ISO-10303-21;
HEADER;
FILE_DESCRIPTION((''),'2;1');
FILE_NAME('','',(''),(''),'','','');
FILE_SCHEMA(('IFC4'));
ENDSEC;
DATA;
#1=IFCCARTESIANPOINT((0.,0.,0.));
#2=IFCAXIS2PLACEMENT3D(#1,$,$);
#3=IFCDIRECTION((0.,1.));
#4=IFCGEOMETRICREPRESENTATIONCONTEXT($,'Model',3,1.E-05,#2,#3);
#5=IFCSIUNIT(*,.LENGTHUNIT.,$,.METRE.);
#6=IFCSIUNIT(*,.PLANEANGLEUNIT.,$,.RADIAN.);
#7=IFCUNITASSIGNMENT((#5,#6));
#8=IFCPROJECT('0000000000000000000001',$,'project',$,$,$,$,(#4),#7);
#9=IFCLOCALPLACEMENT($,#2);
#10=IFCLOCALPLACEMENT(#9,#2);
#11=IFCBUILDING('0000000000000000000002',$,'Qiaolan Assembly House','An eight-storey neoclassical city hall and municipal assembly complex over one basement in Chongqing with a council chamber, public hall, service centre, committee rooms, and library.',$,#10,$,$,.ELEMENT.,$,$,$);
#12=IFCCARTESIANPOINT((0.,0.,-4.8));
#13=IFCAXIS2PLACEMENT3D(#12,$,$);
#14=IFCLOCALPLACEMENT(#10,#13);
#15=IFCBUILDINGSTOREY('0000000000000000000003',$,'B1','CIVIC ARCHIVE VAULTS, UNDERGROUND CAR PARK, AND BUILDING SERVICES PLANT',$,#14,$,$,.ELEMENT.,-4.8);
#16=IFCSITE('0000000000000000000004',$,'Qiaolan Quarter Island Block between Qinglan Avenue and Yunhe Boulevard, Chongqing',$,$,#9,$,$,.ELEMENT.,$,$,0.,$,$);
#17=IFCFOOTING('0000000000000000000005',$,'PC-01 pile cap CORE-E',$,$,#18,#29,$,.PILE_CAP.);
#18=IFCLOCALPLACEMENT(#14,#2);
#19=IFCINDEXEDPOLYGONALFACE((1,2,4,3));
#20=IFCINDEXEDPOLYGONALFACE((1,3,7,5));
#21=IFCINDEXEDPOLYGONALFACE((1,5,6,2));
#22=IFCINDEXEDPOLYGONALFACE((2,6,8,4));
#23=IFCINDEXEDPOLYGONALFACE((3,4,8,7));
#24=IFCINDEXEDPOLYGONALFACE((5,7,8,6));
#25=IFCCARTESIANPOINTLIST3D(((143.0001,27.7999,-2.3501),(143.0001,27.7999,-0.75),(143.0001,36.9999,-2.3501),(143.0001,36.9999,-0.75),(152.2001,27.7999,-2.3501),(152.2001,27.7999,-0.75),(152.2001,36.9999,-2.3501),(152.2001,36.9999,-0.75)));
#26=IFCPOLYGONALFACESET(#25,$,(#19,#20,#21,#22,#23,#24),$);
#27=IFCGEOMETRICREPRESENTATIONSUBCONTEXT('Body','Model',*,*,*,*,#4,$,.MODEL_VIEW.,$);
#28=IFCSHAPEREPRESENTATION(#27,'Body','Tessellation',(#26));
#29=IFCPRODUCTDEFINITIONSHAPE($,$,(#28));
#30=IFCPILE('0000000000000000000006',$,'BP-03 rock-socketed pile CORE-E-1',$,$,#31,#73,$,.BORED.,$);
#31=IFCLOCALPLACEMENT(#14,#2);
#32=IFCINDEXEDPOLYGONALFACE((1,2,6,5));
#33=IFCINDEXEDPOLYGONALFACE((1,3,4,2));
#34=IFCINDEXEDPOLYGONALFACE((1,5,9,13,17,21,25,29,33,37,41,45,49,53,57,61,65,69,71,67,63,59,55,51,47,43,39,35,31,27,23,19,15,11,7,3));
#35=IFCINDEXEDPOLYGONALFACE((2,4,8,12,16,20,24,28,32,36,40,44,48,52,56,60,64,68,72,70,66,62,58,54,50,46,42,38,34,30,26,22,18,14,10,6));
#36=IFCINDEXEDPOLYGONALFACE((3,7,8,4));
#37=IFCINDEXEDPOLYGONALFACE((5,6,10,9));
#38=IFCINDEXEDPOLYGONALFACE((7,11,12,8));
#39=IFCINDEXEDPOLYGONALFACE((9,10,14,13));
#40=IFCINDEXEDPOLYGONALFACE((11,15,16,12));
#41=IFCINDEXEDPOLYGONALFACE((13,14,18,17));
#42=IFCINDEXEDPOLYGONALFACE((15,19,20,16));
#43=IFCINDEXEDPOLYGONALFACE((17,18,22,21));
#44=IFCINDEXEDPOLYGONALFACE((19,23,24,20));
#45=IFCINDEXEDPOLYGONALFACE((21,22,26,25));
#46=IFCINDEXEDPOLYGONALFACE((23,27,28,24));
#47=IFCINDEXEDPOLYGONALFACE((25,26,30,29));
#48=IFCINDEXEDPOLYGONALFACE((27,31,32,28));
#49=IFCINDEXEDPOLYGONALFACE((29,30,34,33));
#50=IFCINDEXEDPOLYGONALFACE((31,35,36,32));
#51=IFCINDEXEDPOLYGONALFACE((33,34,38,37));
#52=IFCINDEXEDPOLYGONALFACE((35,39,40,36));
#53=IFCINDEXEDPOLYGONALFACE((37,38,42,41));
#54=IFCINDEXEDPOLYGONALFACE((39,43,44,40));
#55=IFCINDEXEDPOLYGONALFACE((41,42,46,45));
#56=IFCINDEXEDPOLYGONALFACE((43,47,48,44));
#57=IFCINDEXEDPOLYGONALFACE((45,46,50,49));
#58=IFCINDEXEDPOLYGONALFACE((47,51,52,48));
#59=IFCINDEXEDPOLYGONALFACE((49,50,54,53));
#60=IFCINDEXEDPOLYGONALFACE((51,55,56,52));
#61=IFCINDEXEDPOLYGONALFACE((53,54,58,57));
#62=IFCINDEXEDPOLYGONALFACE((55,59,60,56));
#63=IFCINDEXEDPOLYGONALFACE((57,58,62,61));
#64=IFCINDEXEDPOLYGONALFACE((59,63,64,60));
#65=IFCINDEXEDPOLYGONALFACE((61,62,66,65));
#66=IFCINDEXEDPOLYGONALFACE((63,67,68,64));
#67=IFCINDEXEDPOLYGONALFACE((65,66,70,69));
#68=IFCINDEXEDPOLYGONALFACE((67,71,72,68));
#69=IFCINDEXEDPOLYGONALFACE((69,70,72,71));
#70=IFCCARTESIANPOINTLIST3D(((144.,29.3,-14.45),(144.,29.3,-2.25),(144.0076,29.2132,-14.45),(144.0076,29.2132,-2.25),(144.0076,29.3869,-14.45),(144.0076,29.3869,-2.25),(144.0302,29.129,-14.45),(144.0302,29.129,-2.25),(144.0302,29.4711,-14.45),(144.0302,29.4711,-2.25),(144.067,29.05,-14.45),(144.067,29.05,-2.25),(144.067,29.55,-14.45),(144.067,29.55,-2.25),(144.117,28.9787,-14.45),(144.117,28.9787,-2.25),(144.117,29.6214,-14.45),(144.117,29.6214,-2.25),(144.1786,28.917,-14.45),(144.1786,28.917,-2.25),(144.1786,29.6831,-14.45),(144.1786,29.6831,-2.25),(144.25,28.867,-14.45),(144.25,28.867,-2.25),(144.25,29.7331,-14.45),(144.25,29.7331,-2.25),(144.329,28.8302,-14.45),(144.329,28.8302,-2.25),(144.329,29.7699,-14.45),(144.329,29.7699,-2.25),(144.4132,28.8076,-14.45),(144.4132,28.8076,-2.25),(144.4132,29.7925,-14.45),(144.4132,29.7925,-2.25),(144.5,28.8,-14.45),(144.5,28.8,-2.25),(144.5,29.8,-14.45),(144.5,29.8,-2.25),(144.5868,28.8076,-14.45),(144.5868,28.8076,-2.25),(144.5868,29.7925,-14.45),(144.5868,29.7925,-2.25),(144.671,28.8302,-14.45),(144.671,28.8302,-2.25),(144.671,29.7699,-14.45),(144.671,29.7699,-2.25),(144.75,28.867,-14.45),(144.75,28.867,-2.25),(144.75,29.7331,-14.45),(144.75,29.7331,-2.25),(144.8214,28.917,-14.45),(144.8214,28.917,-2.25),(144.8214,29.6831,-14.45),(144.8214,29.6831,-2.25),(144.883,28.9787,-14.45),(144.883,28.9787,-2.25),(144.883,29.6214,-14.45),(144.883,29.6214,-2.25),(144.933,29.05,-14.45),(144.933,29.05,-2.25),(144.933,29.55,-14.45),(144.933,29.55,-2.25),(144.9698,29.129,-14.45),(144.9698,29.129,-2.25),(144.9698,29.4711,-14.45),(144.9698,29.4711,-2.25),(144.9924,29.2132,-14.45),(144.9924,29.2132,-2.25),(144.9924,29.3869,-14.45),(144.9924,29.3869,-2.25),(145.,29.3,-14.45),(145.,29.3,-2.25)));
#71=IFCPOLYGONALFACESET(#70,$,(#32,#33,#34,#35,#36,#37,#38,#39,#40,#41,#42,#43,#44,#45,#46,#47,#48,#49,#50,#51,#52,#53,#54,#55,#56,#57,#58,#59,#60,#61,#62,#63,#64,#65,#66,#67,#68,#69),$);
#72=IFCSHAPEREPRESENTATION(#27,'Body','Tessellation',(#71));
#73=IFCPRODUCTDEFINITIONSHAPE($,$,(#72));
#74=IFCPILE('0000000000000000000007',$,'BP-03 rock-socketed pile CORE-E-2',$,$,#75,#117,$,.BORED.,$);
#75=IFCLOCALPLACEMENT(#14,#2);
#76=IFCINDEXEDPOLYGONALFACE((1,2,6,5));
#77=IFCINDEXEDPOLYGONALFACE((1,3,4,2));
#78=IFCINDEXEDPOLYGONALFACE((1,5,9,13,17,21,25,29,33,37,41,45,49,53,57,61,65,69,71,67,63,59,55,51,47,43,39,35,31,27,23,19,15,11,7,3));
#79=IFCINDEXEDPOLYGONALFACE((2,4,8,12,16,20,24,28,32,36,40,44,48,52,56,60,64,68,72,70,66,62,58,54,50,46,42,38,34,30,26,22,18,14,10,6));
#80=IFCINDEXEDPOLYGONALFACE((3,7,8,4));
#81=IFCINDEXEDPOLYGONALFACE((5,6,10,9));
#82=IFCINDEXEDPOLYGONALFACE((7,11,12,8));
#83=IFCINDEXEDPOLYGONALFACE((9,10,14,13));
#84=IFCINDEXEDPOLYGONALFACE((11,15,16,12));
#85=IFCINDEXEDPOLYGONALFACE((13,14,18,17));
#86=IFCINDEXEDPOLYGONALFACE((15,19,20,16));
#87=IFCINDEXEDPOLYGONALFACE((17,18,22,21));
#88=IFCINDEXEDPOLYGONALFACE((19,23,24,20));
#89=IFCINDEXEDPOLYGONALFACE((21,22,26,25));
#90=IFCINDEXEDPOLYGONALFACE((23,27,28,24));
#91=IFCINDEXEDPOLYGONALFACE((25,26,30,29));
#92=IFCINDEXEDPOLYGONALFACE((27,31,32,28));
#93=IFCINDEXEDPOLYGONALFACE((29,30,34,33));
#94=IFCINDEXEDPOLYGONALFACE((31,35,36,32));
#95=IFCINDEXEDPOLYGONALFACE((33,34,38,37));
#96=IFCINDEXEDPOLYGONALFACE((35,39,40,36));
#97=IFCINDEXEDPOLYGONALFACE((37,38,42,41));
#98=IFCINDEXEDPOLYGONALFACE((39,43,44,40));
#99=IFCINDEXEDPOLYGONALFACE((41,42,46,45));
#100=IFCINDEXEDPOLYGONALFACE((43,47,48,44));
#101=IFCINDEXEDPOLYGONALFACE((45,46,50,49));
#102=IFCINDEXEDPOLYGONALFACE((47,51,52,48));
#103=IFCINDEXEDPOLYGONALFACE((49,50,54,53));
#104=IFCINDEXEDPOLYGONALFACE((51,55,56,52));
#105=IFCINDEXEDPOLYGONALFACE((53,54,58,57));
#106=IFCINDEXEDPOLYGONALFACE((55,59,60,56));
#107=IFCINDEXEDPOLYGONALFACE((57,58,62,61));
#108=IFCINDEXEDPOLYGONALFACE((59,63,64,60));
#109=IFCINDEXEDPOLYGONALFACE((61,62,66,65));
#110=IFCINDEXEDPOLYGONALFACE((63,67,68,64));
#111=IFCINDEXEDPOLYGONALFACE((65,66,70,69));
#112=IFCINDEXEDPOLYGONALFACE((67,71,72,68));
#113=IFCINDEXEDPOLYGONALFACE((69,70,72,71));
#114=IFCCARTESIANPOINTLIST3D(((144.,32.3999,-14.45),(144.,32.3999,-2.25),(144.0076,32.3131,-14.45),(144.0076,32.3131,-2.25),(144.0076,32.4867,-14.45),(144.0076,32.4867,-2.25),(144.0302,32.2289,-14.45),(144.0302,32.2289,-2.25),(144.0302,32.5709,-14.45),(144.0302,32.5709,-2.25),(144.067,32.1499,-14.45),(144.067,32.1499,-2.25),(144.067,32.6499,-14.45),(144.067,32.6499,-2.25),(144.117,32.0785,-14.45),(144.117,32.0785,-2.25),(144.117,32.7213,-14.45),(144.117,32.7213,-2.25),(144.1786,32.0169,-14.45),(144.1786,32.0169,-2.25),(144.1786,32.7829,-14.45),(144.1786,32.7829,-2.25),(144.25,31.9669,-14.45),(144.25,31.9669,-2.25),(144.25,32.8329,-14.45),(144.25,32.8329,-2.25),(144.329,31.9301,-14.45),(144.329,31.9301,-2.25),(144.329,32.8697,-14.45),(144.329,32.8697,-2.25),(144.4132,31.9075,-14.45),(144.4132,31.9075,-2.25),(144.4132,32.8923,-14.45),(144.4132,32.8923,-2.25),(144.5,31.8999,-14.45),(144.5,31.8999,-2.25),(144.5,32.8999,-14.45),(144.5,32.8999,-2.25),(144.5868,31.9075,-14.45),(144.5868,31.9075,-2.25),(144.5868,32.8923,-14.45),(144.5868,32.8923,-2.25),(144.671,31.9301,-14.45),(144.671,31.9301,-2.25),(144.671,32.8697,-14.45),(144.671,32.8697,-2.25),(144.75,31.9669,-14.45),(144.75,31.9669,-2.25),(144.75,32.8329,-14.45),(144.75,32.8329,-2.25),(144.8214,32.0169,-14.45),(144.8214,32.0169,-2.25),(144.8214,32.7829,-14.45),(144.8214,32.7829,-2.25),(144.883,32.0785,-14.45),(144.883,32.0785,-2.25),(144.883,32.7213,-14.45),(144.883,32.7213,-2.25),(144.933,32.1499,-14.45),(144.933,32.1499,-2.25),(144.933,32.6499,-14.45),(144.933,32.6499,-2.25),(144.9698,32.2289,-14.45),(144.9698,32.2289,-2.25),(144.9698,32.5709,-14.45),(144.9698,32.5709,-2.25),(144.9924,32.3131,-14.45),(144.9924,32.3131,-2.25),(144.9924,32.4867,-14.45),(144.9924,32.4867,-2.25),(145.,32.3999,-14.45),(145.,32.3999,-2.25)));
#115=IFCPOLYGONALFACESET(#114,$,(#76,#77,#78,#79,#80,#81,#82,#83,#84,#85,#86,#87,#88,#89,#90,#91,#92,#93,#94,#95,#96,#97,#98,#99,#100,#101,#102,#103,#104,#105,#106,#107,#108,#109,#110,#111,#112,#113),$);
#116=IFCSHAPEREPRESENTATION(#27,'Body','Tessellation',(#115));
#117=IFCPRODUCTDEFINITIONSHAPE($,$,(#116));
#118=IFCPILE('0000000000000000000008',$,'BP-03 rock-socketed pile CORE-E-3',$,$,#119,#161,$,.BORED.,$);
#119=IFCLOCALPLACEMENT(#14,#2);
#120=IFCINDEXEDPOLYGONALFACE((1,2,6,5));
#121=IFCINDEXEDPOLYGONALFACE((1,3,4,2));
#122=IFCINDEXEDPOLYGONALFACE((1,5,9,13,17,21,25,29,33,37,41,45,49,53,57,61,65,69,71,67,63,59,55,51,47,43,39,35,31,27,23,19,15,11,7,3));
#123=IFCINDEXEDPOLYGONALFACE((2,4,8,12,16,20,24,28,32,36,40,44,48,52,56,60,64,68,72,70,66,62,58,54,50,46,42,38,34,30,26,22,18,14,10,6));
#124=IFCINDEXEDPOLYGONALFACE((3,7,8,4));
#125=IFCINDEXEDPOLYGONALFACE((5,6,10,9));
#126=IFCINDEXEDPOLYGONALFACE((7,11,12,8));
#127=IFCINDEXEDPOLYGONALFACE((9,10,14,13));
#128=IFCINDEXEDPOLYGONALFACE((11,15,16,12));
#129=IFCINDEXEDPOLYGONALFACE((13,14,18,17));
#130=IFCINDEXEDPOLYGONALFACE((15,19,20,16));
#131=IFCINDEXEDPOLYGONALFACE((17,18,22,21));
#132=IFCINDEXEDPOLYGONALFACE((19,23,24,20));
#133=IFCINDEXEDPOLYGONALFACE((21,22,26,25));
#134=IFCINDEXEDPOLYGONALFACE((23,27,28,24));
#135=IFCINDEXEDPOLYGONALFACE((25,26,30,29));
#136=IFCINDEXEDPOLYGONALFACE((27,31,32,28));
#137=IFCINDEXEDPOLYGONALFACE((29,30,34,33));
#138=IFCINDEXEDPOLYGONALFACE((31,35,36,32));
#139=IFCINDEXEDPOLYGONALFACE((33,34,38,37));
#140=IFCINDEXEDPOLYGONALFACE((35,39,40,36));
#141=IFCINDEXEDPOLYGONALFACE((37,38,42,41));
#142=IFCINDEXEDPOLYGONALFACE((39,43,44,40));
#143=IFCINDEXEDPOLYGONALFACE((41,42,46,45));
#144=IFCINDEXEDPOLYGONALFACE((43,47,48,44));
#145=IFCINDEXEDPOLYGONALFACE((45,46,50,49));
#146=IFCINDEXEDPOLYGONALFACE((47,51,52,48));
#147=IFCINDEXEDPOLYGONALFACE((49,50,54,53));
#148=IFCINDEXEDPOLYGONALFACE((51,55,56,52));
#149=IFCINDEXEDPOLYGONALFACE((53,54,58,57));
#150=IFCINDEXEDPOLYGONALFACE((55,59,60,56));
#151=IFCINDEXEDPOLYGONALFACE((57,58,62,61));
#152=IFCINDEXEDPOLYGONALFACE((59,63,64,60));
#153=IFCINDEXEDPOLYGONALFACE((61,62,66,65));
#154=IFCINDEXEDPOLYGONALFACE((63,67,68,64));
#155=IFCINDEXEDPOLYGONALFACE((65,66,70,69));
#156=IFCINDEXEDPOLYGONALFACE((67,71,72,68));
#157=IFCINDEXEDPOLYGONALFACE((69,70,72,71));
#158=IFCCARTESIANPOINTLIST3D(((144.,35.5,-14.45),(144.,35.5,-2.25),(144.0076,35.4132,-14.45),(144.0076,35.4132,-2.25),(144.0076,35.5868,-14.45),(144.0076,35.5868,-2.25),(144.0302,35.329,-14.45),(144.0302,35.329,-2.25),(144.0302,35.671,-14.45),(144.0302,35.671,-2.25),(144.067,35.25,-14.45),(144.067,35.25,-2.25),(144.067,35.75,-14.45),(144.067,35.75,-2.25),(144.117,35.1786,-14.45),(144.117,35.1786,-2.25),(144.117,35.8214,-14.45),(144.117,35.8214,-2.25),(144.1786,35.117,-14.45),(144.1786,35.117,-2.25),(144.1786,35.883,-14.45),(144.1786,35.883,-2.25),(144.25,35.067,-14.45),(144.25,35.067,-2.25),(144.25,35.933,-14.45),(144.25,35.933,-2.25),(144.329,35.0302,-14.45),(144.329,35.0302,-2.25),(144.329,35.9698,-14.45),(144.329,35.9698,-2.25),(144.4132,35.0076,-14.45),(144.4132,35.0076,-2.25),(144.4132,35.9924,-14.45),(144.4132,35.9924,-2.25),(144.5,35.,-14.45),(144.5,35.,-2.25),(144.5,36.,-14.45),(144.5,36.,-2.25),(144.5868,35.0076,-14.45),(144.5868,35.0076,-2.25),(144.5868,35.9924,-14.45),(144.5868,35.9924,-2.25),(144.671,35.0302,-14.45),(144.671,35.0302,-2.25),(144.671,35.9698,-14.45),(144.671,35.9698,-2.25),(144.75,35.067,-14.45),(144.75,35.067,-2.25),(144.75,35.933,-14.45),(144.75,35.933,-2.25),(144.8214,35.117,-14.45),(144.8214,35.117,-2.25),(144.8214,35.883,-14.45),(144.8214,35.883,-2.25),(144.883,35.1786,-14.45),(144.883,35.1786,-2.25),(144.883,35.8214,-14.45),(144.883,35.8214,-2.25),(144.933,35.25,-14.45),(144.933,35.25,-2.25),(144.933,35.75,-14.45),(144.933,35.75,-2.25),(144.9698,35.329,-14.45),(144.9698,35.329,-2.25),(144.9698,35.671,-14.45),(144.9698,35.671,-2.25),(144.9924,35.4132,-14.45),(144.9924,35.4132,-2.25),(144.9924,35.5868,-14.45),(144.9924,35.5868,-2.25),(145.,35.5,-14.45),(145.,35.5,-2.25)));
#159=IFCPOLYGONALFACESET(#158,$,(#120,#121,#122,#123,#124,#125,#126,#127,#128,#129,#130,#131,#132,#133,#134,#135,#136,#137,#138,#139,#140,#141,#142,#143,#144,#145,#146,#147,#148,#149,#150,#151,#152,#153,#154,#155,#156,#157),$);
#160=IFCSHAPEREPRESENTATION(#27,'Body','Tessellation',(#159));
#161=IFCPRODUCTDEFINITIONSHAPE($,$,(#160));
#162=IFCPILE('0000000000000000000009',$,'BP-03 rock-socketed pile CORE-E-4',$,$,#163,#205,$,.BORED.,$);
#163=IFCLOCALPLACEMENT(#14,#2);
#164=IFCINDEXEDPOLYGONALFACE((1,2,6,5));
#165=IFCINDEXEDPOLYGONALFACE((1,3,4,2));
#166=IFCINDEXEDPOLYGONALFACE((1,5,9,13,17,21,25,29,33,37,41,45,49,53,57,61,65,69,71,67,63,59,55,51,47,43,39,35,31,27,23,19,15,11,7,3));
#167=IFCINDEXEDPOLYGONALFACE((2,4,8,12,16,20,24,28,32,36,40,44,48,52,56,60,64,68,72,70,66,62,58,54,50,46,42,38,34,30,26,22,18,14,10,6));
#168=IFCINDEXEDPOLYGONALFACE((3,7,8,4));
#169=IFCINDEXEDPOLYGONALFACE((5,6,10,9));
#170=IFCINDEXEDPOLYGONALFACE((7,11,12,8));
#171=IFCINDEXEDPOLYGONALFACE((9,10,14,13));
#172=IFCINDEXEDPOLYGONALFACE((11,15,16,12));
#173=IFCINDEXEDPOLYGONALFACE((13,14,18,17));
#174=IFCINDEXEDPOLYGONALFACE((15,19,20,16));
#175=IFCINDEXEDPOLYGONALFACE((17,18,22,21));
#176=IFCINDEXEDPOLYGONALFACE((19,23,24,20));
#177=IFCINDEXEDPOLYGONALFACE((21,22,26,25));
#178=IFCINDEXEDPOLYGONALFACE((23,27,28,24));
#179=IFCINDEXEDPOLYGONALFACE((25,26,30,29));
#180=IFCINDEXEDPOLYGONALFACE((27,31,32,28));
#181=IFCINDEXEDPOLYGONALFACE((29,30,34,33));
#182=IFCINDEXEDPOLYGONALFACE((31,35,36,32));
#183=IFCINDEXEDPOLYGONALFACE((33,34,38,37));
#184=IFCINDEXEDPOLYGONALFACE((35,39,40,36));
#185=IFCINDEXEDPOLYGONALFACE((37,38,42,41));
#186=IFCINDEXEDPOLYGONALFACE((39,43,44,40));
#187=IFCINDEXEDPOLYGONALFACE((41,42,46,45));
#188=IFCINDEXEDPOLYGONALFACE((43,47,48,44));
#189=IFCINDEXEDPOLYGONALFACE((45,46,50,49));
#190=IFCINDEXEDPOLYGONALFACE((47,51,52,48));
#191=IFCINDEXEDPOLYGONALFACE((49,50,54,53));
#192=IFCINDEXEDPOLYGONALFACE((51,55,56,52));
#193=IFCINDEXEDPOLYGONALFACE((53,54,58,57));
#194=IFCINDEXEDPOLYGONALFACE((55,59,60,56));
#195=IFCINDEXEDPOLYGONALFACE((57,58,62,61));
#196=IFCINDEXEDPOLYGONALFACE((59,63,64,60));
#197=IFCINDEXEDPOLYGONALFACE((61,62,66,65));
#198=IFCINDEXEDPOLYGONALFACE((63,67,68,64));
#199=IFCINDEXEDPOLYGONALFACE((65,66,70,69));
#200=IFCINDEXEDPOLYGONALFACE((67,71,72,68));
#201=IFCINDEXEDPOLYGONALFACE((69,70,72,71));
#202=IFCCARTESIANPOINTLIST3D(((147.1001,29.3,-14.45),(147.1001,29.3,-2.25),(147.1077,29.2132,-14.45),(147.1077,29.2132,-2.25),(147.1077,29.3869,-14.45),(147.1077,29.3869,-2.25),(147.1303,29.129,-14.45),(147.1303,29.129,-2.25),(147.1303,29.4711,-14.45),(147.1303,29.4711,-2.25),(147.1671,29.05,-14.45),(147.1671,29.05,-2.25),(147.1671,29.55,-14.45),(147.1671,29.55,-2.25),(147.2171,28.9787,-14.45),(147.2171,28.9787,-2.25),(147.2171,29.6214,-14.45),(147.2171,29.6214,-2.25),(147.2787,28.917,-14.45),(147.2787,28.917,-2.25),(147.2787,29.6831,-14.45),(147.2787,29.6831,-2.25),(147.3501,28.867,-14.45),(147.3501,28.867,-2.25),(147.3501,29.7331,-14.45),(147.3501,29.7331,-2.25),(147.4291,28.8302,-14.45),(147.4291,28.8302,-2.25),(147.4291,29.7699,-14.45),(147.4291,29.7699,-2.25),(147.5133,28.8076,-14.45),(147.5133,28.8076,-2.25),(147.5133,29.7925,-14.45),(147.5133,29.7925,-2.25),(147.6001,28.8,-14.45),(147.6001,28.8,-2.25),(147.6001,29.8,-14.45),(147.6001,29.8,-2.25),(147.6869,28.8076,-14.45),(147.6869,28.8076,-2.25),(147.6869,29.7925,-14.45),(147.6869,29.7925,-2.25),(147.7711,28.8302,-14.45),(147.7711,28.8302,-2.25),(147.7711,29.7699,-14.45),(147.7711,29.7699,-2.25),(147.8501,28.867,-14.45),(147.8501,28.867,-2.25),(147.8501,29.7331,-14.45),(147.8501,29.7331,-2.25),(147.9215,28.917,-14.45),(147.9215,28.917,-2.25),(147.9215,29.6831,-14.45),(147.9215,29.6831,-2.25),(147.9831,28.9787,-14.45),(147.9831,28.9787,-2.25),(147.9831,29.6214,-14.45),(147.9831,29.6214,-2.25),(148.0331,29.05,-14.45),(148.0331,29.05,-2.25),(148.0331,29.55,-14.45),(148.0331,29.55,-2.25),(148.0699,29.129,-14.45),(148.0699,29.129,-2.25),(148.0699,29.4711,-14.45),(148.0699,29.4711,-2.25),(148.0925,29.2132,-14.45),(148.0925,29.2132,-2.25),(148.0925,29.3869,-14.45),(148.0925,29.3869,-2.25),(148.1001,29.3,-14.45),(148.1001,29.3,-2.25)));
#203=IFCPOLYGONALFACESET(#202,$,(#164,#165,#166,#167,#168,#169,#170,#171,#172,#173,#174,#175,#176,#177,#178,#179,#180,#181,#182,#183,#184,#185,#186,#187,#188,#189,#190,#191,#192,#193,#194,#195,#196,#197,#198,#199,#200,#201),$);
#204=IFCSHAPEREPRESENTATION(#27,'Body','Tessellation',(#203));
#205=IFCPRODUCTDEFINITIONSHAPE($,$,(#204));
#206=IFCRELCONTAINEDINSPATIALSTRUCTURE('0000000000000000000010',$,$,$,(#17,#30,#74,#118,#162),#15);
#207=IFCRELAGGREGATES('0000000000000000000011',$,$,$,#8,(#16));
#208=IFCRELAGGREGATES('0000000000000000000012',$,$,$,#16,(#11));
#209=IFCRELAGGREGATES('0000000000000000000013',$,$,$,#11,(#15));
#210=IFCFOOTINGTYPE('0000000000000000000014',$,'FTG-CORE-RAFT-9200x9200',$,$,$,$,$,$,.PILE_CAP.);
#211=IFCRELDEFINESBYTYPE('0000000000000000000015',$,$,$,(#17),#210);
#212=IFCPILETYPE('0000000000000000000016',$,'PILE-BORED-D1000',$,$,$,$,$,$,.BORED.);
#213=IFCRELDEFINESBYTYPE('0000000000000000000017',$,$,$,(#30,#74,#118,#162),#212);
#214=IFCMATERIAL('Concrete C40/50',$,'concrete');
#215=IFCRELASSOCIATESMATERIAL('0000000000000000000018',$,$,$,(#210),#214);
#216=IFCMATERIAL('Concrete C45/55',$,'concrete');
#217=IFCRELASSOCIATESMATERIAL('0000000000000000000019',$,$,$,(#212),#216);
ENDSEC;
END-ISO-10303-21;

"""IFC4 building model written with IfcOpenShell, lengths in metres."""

from ifc_helpers import new_model, si_unit, direction, frame, origin, origin_2d, place, context, subcontext, project, spatial, rectangle, circle, extrude, material, material_profile, profile_set, type_object, element, save


model = new_model("IFC4")

# Units and contexts
model_context = context("Model", 3, precision=1e-05, world=origin(), true_north=direction((0.0, 1.0)))
body_context = subcontext(model_context, "Body", "Model", "MODEL_VIEW")
ifc_project = project(units=[si_unit("LENGTHUNIT", "METRE"), si_unit("PLANEANGLEUNIT", "RADIAN")], contexts=[model_context])

# Site, building, storey
site_placement = place(None, origin())
site = spatial("IfcSite", under=ifc_project, at=site_placement, Name="Qiaolan Quarter Island Block between Qinglan Avenue and Yunhe Boulevard, Chongqing", CompositionType="ELEMENT", RefElevation=0.0)
building_placement = place(site_placement, origin())
building = spatial("IfcBuilding", under=site, at=building_placement, Name="Qiaolan Assembly House", Description="An eight-storey neoclassical city hall and municipal assembly complex over one basement in Chongqing with a council chamber, public hall, service centre, committee rooms, and library.", CompositionType="ELEMENT")
storey_placement = place(building_placement, frame((0.0, 0.0, -4.8)))
storey = spatial("IfcBuildingStorey", under=building, at=storey_placement, Name="B1", Description="CIVIC ARCHIVE VAULTS, UNDERGROUND CAR PARK, AND BUILDING SERVICES PLANT", CompositionType="ELEMENT", Elevation=-4.8)

# Footing
ifc_material_1 = material(Name="Concrete C40/50", Category="concrete")
footing_type = type_object("IfcFootingType", Name="FTG-CORE-RAFT-9200x9200", PredefinedType="PILE_CAP", material=ifc_material_1)
footing_placement = place(storey_placement, frame((147.6001, 32.3999, -2.3501), z_axis=(0.0, 0.0, 1.0), x_axis=(1.0, 0.0, 0.0)))
element("IfcFooting", 1, at=footing_placement, inside=storey, type_object=footing_type, Name="PC-01 pile cap CORE-E", PredefinedType="PILE_CAP", context=body_context, shape_type="SweptSolid", body=[
    extrude(rectangle(XDim=9.2, YDim=9.2, at=origin_2d()), origin(), (0.0, 0.0, 1.0), 1.6001),
])

# Piles
ifc_material_2 = material(Name="Concrete C45/55", Category="concrete")
ifc_material_profile_1 = material_profile(ifc_material_2, circle(Radius=0.5, at=origin_2d()), Name="PILE D1000")
ifc_profile_set_1 = profile_set([ifc_material_profile_1], Name="Concrete C45/55")
pile_type = type_object("IfcPileType", Name="PILE-BORED-D1000", PredefinedType="BORED", material=ifc_profile_set_1)
for number, where, z_axis, x_axis, name in (
    (2, (144.5, 29.3, -2.25), (0.0, 0.0, -1.0), (1.0, 0.0, 0.0), "BP-03 rock-socketed pile CORE-E-1"),
    (3, (144.5, 32.3999, -2.25), (0.0, 0.0, -1.0), (1.0, 0.0, 0.0), "BP-03 rock-socketed pile CORE-E-2"),
    (4, (144.5, 35.5, -2.25), (0.0, 0.0, -1.0), (1.0, 0.0, 0.0), "BP-03 rock-socketed pile CORE-E-3"),
    (5, (147.6001, 29.3, -2.25), (0.0, 0.0, -1.0), (1.0, 0.0, 0.0), "BP-03 rock-socketed pile CORE-E-4"),
):
    element("IfcPile", number, at=place(storey_placement, frame(where, z_axis=z_axis, x_axis=x_axis)), inside=storey, type_object=pile_type, Name=name, PredefinedType="BORED", context=body_context, shape_type="SweptSolid", body=[
        extrude(circle(Radius=0.5, at=origin_2d()), origin(), (0.0, 0.0, 1.0), 12.2),
    ])

save(model, "model.ifc")
